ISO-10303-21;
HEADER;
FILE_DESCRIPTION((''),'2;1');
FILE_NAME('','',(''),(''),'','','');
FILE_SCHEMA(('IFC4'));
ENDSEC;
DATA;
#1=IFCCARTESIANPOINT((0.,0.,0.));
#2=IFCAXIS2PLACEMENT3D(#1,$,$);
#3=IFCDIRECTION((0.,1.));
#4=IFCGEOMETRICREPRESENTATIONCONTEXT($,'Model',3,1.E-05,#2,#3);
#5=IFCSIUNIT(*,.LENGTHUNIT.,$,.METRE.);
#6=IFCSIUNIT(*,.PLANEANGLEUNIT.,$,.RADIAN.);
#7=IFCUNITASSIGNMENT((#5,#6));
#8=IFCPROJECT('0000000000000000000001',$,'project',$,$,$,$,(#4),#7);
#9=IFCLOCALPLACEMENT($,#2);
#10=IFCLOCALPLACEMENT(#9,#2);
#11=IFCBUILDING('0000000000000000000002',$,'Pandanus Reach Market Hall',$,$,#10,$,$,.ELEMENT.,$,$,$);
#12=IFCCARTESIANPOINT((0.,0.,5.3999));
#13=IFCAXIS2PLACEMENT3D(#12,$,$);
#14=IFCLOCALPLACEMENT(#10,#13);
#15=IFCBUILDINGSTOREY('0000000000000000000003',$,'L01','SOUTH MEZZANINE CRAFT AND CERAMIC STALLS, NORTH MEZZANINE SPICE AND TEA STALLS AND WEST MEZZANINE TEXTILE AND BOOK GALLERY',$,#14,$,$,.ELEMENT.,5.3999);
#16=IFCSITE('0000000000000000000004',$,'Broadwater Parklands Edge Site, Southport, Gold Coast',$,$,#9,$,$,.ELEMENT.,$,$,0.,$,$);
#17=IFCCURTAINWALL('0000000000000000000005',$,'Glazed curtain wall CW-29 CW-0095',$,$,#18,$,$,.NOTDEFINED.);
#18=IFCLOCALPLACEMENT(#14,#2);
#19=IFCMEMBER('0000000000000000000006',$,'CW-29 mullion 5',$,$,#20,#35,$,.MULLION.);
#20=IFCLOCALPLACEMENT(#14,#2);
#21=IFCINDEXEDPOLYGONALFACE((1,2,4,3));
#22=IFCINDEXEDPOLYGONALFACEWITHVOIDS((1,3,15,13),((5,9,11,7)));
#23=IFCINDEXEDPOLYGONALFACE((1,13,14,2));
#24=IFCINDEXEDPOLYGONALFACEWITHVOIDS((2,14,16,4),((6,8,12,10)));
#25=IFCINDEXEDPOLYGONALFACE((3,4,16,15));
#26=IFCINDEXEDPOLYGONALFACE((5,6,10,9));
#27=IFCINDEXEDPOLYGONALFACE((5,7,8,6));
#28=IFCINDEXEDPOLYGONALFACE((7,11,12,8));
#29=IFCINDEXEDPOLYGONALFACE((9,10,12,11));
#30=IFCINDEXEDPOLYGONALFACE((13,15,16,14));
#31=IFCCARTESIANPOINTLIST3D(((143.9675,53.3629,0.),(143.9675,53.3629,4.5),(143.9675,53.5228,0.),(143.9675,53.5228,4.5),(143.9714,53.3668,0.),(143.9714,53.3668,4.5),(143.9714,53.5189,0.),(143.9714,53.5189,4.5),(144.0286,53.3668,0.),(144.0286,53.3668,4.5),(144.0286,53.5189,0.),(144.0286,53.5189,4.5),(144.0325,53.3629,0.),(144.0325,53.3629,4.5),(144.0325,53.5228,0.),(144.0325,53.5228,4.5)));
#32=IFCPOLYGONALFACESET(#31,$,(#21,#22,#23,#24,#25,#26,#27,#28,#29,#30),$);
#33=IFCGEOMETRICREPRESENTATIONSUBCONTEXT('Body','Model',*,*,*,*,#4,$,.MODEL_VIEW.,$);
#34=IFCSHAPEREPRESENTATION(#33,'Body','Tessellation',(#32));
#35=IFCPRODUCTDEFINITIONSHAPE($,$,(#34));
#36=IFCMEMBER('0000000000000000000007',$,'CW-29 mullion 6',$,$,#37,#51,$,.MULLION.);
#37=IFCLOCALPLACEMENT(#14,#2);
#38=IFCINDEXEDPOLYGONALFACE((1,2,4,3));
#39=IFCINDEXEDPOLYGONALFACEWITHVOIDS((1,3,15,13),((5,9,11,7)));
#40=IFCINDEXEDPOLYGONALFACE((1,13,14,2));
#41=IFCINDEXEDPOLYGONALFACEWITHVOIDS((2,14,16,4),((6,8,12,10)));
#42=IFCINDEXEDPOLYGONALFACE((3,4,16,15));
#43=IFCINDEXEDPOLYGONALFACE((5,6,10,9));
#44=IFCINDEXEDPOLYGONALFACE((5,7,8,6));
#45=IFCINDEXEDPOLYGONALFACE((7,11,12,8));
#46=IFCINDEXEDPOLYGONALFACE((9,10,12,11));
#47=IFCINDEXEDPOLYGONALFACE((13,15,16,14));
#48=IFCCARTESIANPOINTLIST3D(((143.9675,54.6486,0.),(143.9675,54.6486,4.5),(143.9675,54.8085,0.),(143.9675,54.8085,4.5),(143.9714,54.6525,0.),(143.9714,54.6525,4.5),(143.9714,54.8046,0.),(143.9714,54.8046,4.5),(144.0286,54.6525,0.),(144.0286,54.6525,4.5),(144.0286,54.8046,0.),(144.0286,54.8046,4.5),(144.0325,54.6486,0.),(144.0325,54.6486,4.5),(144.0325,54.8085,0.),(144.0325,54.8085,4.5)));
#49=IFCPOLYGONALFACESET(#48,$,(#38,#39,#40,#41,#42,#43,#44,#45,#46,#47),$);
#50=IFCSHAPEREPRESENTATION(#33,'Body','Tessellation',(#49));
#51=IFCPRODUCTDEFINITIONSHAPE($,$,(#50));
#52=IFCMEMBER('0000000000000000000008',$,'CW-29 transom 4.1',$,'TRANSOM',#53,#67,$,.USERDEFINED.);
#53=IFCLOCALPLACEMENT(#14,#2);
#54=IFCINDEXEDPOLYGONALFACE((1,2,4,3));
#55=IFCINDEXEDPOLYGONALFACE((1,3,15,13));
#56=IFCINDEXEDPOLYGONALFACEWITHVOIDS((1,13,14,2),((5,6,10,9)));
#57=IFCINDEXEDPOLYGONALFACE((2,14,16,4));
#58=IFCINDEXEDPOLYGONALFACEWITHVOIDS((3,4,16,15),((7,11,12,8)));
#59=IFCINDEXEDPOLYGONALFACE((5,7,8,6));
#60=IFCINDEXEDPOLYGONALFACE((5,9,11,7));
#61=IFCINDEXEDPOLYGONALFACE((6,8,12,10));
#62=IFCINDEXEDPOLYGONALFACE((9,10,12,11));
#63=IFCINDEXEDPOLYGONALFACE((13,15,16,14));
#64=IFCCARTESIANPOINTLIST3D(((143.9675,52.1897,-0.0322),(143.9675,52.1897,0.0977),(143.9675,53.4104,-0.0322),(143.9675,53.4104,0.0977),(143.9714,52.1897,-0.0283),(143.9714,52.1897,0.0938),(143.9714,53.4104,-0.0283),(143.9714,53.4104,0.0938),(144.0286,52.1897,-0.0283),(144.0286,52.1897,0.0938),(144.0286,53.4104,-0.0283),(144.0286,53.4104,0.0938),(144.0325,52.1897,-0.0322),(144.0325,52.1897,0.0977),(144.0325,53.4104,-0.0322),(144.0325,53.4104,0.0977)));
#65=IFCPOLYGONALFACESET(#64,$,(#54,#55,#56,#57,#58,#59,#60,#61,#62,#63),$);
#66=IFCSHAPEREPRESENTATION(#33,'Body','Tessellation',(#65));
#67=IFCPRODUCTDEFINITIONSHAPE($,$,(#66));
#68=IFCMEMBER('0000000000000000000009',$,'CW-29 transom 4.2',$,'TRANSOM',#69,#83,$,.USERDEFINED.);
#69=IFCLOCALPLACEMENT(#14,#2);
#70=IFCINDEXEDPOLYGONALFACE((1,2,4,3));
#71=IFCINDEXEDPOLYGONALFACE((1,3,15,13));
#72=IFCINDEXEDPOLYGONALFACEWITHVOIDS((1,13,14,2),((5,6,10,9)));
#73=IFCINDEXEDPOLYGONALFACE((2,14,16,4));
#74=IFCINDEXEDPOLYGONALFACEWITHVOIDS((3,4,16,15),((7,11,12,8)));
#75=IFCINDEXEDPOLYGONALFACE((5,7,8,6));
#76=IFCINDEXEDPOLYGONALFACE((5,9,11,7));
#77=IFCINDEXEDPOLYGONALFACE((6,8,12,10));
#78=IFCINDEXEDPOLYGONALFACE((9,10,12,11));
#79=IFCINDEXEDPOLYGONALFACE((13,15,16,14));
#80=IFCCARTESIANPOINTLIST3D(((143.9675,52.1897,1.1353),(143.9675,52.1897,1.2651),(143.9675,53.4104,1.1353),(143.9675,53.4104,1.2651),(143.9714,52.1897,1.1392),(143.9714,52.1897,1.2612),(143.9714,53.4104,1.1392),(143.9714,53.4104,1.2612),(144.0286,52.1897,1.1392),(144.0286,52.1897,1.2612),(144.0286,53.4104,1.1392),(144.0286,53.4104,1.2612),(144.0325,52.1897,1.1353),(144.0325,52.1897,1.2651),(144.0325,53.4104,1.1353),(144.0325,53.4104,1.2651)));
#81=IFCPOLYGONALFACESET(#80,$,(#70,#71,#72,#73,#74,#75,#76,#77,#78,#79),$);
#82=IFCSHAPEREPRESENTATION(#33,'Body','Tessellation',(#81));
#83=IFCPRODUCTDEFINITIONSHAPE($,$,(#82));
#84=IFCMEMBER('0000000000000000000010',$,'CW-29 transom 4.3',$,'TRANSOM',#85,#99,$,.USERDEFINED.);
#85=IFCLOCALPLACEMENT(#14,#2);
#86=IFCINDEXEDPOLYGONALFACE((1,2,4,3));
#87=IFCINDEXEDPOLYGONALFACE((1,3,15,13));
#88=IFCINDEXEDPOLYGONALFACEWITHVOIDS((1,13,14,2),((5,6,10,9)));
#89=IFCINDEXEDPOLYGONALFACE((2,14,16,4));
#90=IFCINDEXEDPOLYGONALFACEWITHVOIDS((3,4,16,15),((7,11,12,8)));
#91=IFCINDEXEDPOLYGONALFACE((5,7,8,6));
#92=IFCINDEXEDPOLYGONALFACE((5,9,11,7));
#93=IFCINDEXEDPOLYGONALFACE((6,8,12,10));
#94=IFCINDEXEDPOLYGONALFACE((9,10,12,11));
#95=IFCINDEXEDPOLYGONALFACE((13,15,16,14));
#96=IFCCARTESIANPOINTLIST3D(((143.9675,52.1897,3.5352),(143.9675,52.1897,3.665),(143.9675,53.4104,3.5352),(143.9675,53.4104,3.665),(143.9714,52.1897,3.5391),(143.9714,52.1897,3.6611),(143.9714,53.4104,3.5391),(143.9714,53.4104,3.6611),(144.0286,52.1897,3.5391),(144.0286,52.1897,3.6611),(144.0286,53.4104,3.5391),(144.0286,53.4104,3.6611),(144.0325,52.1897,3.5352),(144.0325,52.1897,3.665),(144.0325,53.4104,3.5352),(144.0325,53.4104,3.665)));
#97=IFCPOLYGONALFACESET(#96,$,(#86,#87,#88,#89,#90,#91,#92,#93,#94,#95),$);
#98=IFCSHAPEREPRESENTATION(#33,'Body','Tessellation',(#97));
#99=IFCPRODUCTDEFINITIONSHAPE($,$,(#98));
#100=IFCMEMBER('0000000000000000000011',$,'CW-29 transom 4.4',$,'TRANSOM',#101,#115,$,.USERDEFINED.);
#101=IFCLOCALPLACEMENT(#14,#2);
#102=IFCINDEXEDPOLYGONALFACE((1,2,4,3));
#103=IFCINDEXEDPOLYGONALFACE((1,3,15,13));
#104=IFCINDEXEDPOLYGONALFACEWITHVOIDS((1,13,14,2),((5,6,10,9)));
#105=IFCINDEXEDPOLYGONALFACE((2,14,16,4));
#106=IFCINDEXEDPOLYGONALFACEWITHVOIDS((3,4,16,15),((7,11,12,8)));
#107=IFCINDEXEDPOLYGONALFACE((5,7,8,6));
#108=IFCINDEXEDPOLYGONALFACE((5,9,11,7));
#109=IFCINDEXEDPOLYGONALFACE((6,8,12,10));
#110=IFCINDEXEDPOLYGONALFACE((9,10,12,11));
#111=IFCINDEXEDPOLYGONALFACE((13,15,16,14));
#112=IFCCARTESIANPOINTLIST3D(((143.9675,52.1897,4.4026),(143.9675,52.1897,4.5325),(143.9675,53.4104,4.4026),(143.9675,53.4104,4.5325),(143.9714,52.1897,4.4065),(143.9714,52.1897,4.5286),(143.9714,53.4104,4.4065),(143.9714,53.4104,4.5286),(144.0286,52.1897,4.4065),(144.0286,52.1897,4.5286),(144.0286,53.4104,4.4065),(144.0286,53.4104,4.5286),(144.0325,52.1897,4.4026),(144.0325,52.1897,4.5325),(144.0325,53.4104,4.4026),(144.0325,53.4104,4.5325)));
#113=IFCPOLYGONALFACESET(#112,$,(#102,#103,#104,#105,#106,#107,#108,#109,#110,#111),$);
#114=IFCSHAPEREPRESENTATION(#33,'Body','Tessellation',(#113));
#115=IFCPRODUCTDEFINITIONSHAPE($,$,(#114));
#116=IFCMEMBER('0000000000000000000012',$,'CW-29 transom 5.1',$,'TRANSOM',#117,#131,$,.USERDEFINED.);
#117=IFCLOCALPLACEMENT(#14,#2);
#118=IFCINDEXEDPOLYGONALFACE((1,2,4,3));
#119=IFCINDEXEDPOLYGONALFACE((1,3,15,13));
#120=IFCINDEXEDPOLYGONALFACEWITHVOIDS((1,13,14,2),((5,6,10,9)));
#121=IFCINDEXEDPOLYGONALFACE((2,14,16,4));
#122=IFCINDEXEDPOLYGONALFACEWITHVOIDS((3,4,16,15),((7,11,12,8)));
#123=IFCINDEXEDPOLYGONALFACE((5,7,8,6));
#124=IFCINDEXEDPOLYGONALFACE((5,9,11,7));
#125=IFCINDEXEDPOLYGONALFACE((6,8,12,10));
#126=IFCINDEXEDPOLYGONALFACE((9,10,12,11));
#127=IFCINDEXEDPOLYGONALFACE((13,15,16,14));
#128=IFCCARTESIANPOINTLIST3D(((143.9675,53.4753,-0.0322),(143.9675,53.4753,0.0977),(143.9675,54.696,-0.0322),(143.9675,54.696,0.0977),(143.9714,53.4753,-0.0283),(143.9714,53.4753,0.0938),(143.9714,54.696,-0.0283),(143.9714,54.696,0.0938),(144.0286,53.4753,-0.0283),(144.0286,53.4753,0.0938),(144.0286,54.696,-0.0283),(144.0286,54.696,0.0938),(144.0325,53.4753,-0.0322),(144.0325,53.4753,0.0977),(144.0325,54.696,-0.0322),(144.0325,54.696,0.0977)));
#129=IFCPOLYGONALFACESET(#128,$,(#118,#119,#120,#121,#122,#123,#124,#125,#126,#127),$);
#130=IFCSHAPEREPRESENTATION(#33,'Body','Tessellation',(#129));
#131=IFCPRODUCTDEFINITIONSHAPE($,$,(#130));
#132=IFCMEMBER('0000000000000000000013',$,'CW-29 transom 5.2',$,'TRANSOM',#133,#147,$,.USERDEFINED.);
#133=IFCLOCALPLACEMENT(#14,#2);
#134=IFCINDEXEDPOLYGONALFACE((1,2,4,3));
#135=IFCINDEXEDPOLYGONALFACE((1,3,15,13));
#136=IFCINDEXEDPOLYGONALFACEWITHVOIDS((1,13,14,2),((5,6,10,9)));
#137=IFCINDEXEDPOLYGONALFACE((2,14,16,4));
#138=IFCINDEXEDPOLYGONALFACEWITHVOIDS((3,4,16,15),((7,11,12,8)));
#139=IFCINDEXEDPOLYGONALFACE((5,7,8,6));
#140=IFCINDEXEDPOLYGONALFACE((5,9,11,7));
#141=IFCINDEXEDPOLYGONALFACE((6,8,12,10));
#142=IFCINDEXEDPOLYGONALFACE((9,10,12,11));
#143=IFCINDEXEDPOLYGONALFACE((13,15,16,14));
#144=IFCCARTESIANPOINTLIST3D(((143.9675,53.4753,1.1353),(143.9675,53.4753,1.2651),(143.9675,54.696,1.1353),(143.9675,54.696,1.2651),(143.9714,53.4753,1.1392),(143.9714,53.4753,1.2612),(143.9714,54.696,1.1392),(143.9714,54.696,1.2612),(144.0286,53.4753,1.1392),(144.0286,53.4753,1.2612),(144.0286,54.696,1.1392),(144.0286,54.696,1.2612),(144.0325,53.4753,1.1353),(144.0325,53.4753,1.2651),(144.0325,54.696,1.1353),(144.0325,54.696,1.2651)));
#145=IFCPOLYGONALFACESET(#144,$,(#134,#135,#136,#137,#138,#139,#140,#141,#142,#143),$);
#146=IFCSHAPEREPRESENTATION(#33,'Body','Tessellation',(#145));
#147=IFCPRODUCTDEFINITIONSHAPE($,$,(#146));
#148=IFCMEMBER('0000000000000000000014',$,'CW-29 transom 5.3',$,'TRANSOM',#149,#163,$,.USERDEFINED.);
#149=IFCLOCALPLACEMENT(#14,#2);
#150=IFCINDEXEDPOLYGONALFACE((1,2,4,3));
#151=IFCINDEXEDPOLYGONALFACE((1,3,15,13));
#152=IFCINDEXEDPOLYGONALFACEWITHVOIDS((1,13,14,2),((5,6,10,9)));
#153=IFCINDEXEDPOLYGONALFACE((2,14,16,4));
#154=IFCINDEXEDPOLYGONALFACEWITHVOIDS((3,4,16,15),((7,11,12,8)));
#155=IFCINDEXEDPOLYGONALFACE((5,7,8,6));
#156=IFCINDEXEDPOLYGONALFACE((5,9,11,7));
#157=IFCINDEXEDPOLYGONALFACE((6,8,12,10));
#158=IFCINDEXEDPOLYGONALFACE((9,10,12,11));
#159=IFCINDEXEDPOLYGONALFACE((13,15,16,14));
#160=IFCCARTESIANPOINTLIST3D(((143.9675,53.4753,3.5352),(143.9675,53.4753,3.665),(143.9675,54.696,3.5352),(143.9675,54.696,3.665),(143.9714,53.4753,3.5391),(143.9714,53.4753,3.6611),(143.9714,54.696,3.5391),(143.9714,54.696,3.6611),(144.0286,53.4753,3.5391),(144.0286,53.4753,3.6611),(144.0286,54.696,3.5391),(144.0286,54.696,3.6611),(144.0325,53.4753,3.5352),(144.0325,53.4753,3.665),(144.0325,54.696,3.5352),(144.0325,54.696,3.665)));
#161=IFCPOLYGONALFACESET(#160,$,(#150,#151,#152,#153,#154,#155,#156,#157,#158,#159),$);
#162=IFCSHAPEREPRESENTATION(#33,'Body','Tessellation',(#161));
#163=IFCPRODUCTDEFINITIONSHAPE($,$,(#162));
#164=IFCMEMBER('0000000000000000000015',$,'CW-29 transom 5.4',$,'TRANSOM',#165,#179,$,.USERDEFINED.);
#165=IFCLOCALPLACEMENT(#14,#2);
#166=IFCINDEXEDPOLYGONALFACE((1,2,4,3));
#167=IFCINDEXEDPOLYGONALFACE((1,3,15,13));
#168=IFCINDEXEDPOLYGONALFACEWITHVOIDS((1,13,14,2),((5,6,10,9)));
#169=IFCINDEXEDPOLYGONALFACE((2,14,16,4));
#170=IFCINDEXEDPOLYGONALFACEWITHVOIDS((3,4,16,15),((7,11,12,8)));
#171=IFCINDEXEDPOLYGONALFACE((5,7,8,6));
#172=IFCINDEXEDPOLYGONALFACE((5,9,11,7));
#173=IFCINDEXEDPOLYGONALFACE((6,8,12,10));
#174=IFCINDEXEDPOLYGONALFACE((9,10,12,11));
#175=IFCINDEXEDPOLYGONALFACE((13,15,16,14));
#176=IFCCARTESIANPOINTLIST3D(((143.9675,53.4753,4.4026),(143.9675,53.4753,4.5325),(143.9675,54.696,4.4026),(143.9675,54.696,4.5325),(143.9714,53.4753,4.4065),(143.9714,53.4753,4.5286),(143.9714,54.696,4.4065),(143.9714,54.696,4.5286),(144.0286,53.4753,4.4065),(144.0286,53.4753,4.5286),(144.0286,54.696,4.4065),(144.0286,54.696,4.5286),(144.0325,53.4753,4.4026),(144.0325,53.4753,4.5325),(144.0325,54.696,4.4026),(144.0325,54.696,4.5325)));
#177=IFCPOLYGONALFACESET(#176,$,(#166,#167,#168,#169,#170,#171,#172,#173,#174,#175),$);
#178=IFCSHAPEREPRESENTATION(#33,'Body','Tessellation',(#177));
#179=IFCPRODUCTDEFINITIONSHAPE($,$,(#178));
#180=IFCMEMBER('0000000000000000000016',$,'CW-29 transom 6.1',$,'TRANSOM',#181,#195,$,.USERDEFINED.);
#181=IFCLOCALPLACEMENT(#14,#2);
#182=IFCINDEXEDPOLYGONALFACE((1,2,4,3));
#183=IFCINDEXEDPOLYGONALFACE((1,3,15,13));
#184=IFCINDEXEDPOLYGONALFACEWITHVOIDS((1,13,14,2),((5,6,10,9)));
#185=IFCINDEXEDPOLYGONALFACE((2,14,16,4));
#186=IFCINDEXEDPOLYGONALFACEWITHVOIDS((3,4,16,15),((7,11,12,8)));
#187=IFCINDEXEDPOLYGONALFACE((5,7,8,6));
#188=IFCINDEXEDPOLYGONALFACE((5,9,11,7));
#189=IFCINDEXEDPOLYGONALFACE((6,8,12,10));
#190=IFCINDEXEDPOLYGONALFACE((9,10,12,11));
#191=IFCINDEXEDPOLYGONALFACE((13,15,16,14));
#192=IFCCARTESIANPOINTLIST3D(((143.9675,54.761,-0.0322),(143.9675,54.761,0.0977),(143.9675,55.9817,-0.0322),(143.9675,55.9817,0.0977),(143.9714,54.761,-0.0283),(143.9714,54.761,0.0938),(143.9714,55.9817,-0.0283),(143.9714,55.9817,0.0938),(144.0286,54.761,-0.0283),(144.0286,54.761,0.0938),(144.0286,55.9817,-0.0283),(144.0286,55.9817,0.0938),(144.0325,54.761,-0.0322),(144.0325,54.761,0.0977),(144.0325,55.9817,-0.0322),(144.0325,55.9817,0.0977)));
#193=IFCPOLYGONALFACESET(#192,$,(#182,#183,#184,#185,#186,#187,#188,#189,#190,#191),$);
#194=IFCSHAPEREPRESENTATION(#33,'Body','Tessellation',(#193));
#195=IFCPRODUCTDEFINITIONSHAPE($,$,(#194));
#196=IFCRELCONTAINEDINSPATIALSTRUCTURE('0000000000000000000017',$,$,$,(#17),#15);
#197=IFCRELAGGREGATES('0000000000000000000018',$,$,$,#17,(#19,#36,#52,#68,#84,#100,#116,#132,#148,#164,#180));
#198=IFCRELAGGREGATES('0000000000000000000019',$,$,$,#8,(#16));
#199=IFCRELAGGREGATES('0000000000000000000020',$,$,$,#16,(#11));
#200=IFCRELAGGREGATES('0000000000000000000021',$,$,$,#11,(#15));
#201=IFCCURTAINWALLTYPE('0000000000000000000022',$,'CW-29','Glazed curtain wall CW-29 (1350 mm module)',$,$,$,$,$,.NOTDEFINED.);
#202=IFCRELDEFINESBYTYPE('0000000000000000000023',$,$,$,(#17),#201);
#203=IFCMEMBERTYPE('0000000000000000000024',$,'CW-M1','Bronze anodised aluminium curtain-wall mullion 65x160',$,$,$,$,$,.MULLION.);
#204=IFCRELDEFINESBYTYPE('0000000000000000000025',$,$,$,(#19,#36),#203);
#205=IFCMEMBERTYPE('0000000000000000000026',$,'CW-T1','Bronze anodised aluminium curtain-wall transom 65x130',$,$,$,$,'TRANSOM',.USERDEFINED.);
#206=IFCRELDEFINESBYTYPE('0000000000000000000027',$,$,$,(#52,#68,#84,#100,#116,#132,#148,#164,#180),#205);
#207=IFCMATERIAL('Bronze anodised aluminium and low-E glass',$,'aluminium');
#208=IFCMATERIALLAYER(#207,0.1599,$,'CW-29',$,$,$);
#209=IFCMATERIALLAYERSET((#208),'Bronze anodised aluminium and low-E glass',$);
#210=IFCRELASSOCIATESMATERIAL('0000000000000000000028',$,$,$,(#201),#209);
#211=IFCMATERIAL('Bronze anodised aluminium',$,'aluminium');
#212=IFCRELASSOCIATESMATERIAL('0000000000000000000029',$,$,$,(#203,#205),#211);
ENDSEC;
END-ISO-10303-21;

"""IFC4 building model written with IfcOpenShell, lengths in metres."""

from ifc_helpers import new_model, si_unit, direction, frame, origin, origin_2d, place, context, subcontext, project, spatial, hollow_rectangle, extrude, material, layer, layer_set, material_profile, profile_set, type_object, element, aggregate, save


model = new_model("IFC4")

# Units and contexts
model_context = context("Model", 3, precision=1e-05, world=origin(), true_north=direction((0.0, 1.0)))
body_context = subcontext(model_context, "Body", "Model", "MODEL_VIEW")
ifc_project = project(units=[si_unit("LENGTHUNIT", "METRE"), si_unit("PLANEANGLEUNIT", "RADIAN")], contexts=[model_context])

# Site, building, storey
site_placement = place(None, origin())
site = spatial("IfcSite", under=ifc_project, at=site_placement, Name="Broadwater Parklands Edge Site, Southport, Gold Coast", CompositionType="ELEMENT", RefElevation=0.0)
building_placement = place(site_placement, origin())
building = spatial("IfcBuilding", under=site, at=building_placement, Name="Pandanus Reach Market Hall", CompositionType="ELEMENT")
storey_placement = place(building_placement, frame((0.0, 0.0, 5.3999)))
storey = spatial("IfcBuildingStorey", under=building, at=storey_placement, Name="L01", Description="SOUTH MEZZANINE CRAFT AND CERAMIC STALLS, NORTH MEZZANINE SPICE AND TEA STALLS AND WEST MEZZANINE TEXTILE AND BOOK GALLERY", CompositionType="ELEMENT", Elevation=5.3999)

# Curtain wall, members
ifc_material_1 = material(Name="Bronze anodised aluminium and low-E glass", Category="aluminium")
ifc_layer_1 = layer(ifc_material_1, 0.1599, Name="CW-29")
ifc_layer_set_1 = layer_set([ifc_layer_1], Name="Bronze anodised aluminium and low-E glass")
curtain_wall_type = type_object("IfcCurtainWallType", Name="CW-29", Description="Glazed curtain wall CW-29 (1350 mm module)", PredefinedType="NOTDEFINED", material=ifc_layer_set_1)
curtain_wall_placement = place(storey_placement, origin())
curtain_wall = element("IfcCurtainWall", 1, at=curtain_wall_placement, inside=storey, type_object=curtain_wall_type, Name="Glazed curtain wall CW-29 CW-0095", PredefinedType="NOTDEFINED")
ifc_material_2 = material(Name="Bronze anodised aluminium", Category="aluminium")
ifc_material_profile_1 = material_profile(ifc_material_2, hollow_rectangle(XDim=0.0649, YDim=0.1599, WallThickness=0.0039, at=origin_2d()), Name="ALU65x160", Category="LoadBearing")
ifc_profile_set_1 = profile_set([ifc_material_profile_1], Name="Bronze anodised aluminium")
member_type_1 = type_object("IfcMemberType", Name="CW-M1", Description="Bronze anodised aluminium curtain-wall mullion 65x160", PredefinedType="MULLION", material=ifc_profile_set_1)
member_1_placement = place(storey_placement, frame((144.0, 53.4429, 0.0), z_axis=(0.0, 0.0, 1.0), x_axis=(-1.0, 0.0, 0.0)))
member_1 = element("IfcMember", 2, at=member_1_placement, type_object=member_type_1, Name="CW-29 mullion 5", PredefinedType="MULLION", context=body_context, shape_type="SweptSolid", body=[
    extrude(hollow_rectangle(XDim=0.0649, YDim=0.1599, WallThickness=0.0039, at=origin_2d()), origin(), (0.0, 0.0, 1.0), 4.5),
])
member_2_placement = place(storey_placement, frame((144.0, 54.7285, 0.0), z_axis=(0.0, 0.0, 1.0), x_axis=(-1.0, 0.0, 0.0)))
member_2 = element("IfcMember", 3, at=member_2_placement, type_object=member_type_1, Name="CW-29 mullion 6", PredefinedType="MULLION", context=body_context, shape_type="SweptSolid", body=[
    extrude(hollow_rectangle(XDim=0.0649, YDim=0.1599, WallThickness=0.0039, at=origin_2d()), origin(), (0.0, 0.0, 1.0), 4.5),
])
ifc_material_profile_2 = material_profile(ifc_material_2, hollow_rectangle(XDim=0.0649, YDim=0.1299, WallThickness=0.0039, at=origin_2d()), Name="ALU65x130", Category="LoadBearing")
ifc_profile_set_2 = profile_set([ifc_material_profile_2], Name="Bronze anodised aluminium")
member_type_2 = type_object("IfcMemberType", Name="CW-T1", Description="Bronze anodised aluminium curtain-wall transom 65x130", ElementType="TRANSOM", PredefinedType="USERDEFINED", material=ifc_profile_set_2)
member_3_placement = place(storey_placement, frame((144.0, 52.1897, 0.0327), z_axis=(0.0, 1.0, 0.0), x_axis=(-1.0, 0.0, 0.0)))
member_3 = element("IfcMember", 4, at=member_3_placement, type_object=member_type_2, Name="CW-29 transom 4.1", ObjectType="TRANSOM", PredefinedType="USERDEFINED", context=body_context, shape_type="SweptSolid", body=[
    extrude(hollow_rectangle(XDim=0.0649, YDim=0.1299, WallThickness=0.0039, at=origin_2d()), origin(), (0.0, 0.0, 1.0), 1.2207),
])
member_4_placement = place(storey_placement, frame((144.0, 52.1897, 1.2002), z_axis=(0.0, 1.0, 0.0), x_axis=(-1.0, 0.0, 0.0)))
member_4 = element("IfcMember", 5, at=member_4_placement, type_object=member_type_2, Name="CW-29 transom 4.2", ObjectType="TRANSOM", PredefinedType="USERDEFINED", context=body_context, shape_type="SweptSolid", body=[
    extrude(hollow_rectangle(XDim=0.0649, YDim=0.1299, WallThickness=0.0039, at=origin_2d()), origin(), (0.0, 0.0, 1.0), 1.2207),
])
member_5_placement = place(storey_placement, frame((144.0, 52.1897, 3.6001), z_axis=(0.0, 1.0, 0.0), x_axis=(-1.0, 0.0, 0.0)))
member_5 = element("IfcMember", 6, at=member_5_placement, type_object=member_type_2, Name="CW-29 transom 4.3", ObjectType="TRANSOM", PredefinedType="USERDEFINED", context=body_context, shape_type="SweptSolid", body=[
    extrude(hollow_rectangle(XDim=0.0649, YDim=0.1299, WallThickness=0.0039, at=origin_2d()), origin(), (0.0, 0.0, 1.0), 1.2207),
])
member_6_placement = place(storey_placement, frame((144.0, 52.1897, 4.4675), z_axis=(0.0, 1.0, 0.0), x_axis=(-1.0, 0.0, 0.0)))
member_6 = element("IfcMember", 7, at=member_6_placement, type_object=member_type_2, Name="CW-29 transom 4.4", ObjectType="TRANSOM", PredefinedType="USERDEFINED", context=body_context, shape_type="SweptSolid", body=[
    extrude(hollow_rectangle(XDim=0.0649, YDim=0.1299, WallThickness=0.0039, at=origin_2d()), origin(), (0.0, 0.0, 1.0), 1.2207),
])
member_7_placement = place(storey_placement, frame((144.0, 53.4753, 0.0327), z_axis=(0.0, 1.0, 0.0), x_axis=(-1.0, 0.0, 0.0)))
member_7 = element("IfcMember", 8, at=member_7_placement, type_object=member_type_2, Name="CW-29 transom 5.1", ObjectType="TRANSOM", PredefinedType="USERDEFINED", context=body_context, shape_type="SweptSolid", body=[
    extrude(hollow_rectangle(XDim=0.0649, YDim=0.1299, WallThickness=0.0039, at=origin_2d()), origin(), (0.0, 0.0, 1.0), 1.2207),
])
member_8_placement = place(storey_placement, frame((144.0, 53.4753, 1.2002), z_axis=(0.0, 1.0, 0.0), x_axis=(-1.0, 0.0, 0.0)))
member_8 = element("IfcMember", 9, at=member_8_placement, type_object=member_type_2, Name="CW-29 transom 5.2", ObjectType="TRANSOM", PredefinedType="USERDEFINED", context=body_context, shape_type="SweptSolid", body=[
    extrude(hollow_rectangle(XDim=0.0649, YDim=0.1299, WallThickness=0.0039, at=origin_2d()), origin(), (0.0, 0.0, 1.0), 1.2207),
])
member_9_placement = place(storey_placement, frame((144.0, 53.4753, 3.6001), z_axis=(0.0, 1.0, 0.0), x_axis=(-1.0, 0.0, 0.0)))
member_9 = element("IfcMember", 10, at=member_9_placement, type_object=member_type_2, Name="CW-29 transom 5.3", ObjectType="TRANSOM", PredefinedType="USERDEFINED", context=body_context, shape_type="SweptSolid", body=[
    extrude(hollow_rectangle(XDim=0.0649, YDim=0.1299, WallThickness=0.0039, at=origin_2d()), origin(), (0.0, 0.0, 1.0), 1.2207),
])
member_10_placement = place(storey_placement, frame((144.0, 53.4753, 4.4675), z_axis=(0.0, 1.0, 0.0), x_axis=(-1.0, 0.0, 0.0)))
member_10 = element("IfcMember", 11, at=member_10_placement, type_object=member_type_2, Name="CW-29 transom 5.4", ObjectType="TRANSOM", PredefinedType="USERDEFINED", context=body_context, shape_type="SweptSolid", body=[
    extrude(hollow_rectangle(XDim=0.0649, YDim=0.1299, WallThickness=0.0039, at=origin_2d()), origin(), (0.0, 0.0, 1.0), 1.2207),
])
member_11_placement = place(storey_placement, frame((144.0, 54.761, 0.0327), z_axis=(0.0, 1.0, 0.0), x_axis=(-1.0, 0.0, 0.0)))
member_11 = element("IfcMember", 12, at=member_11_placement, type_object=member_type_2, Name="CW-29 transom 6.1", ObjectType="TRANSOM", PredefinedType="USERDEFINED", context=body_context, shape_type="SweptSolid", body=[
    extrude(hollow_rectangle(XDim=0.0649, YDim=0.1299, WallThickness=0.0039, at=origin_2d()), origin(), (0.0, 0.0, 1.0), 1.2207),
])
aggregate(curtain_wall, [member_1, member_2, member_3, member_4, member_5, member_6, member_7, member_8, member_9, member_10, member_11])

save(model, "model.ifc")
